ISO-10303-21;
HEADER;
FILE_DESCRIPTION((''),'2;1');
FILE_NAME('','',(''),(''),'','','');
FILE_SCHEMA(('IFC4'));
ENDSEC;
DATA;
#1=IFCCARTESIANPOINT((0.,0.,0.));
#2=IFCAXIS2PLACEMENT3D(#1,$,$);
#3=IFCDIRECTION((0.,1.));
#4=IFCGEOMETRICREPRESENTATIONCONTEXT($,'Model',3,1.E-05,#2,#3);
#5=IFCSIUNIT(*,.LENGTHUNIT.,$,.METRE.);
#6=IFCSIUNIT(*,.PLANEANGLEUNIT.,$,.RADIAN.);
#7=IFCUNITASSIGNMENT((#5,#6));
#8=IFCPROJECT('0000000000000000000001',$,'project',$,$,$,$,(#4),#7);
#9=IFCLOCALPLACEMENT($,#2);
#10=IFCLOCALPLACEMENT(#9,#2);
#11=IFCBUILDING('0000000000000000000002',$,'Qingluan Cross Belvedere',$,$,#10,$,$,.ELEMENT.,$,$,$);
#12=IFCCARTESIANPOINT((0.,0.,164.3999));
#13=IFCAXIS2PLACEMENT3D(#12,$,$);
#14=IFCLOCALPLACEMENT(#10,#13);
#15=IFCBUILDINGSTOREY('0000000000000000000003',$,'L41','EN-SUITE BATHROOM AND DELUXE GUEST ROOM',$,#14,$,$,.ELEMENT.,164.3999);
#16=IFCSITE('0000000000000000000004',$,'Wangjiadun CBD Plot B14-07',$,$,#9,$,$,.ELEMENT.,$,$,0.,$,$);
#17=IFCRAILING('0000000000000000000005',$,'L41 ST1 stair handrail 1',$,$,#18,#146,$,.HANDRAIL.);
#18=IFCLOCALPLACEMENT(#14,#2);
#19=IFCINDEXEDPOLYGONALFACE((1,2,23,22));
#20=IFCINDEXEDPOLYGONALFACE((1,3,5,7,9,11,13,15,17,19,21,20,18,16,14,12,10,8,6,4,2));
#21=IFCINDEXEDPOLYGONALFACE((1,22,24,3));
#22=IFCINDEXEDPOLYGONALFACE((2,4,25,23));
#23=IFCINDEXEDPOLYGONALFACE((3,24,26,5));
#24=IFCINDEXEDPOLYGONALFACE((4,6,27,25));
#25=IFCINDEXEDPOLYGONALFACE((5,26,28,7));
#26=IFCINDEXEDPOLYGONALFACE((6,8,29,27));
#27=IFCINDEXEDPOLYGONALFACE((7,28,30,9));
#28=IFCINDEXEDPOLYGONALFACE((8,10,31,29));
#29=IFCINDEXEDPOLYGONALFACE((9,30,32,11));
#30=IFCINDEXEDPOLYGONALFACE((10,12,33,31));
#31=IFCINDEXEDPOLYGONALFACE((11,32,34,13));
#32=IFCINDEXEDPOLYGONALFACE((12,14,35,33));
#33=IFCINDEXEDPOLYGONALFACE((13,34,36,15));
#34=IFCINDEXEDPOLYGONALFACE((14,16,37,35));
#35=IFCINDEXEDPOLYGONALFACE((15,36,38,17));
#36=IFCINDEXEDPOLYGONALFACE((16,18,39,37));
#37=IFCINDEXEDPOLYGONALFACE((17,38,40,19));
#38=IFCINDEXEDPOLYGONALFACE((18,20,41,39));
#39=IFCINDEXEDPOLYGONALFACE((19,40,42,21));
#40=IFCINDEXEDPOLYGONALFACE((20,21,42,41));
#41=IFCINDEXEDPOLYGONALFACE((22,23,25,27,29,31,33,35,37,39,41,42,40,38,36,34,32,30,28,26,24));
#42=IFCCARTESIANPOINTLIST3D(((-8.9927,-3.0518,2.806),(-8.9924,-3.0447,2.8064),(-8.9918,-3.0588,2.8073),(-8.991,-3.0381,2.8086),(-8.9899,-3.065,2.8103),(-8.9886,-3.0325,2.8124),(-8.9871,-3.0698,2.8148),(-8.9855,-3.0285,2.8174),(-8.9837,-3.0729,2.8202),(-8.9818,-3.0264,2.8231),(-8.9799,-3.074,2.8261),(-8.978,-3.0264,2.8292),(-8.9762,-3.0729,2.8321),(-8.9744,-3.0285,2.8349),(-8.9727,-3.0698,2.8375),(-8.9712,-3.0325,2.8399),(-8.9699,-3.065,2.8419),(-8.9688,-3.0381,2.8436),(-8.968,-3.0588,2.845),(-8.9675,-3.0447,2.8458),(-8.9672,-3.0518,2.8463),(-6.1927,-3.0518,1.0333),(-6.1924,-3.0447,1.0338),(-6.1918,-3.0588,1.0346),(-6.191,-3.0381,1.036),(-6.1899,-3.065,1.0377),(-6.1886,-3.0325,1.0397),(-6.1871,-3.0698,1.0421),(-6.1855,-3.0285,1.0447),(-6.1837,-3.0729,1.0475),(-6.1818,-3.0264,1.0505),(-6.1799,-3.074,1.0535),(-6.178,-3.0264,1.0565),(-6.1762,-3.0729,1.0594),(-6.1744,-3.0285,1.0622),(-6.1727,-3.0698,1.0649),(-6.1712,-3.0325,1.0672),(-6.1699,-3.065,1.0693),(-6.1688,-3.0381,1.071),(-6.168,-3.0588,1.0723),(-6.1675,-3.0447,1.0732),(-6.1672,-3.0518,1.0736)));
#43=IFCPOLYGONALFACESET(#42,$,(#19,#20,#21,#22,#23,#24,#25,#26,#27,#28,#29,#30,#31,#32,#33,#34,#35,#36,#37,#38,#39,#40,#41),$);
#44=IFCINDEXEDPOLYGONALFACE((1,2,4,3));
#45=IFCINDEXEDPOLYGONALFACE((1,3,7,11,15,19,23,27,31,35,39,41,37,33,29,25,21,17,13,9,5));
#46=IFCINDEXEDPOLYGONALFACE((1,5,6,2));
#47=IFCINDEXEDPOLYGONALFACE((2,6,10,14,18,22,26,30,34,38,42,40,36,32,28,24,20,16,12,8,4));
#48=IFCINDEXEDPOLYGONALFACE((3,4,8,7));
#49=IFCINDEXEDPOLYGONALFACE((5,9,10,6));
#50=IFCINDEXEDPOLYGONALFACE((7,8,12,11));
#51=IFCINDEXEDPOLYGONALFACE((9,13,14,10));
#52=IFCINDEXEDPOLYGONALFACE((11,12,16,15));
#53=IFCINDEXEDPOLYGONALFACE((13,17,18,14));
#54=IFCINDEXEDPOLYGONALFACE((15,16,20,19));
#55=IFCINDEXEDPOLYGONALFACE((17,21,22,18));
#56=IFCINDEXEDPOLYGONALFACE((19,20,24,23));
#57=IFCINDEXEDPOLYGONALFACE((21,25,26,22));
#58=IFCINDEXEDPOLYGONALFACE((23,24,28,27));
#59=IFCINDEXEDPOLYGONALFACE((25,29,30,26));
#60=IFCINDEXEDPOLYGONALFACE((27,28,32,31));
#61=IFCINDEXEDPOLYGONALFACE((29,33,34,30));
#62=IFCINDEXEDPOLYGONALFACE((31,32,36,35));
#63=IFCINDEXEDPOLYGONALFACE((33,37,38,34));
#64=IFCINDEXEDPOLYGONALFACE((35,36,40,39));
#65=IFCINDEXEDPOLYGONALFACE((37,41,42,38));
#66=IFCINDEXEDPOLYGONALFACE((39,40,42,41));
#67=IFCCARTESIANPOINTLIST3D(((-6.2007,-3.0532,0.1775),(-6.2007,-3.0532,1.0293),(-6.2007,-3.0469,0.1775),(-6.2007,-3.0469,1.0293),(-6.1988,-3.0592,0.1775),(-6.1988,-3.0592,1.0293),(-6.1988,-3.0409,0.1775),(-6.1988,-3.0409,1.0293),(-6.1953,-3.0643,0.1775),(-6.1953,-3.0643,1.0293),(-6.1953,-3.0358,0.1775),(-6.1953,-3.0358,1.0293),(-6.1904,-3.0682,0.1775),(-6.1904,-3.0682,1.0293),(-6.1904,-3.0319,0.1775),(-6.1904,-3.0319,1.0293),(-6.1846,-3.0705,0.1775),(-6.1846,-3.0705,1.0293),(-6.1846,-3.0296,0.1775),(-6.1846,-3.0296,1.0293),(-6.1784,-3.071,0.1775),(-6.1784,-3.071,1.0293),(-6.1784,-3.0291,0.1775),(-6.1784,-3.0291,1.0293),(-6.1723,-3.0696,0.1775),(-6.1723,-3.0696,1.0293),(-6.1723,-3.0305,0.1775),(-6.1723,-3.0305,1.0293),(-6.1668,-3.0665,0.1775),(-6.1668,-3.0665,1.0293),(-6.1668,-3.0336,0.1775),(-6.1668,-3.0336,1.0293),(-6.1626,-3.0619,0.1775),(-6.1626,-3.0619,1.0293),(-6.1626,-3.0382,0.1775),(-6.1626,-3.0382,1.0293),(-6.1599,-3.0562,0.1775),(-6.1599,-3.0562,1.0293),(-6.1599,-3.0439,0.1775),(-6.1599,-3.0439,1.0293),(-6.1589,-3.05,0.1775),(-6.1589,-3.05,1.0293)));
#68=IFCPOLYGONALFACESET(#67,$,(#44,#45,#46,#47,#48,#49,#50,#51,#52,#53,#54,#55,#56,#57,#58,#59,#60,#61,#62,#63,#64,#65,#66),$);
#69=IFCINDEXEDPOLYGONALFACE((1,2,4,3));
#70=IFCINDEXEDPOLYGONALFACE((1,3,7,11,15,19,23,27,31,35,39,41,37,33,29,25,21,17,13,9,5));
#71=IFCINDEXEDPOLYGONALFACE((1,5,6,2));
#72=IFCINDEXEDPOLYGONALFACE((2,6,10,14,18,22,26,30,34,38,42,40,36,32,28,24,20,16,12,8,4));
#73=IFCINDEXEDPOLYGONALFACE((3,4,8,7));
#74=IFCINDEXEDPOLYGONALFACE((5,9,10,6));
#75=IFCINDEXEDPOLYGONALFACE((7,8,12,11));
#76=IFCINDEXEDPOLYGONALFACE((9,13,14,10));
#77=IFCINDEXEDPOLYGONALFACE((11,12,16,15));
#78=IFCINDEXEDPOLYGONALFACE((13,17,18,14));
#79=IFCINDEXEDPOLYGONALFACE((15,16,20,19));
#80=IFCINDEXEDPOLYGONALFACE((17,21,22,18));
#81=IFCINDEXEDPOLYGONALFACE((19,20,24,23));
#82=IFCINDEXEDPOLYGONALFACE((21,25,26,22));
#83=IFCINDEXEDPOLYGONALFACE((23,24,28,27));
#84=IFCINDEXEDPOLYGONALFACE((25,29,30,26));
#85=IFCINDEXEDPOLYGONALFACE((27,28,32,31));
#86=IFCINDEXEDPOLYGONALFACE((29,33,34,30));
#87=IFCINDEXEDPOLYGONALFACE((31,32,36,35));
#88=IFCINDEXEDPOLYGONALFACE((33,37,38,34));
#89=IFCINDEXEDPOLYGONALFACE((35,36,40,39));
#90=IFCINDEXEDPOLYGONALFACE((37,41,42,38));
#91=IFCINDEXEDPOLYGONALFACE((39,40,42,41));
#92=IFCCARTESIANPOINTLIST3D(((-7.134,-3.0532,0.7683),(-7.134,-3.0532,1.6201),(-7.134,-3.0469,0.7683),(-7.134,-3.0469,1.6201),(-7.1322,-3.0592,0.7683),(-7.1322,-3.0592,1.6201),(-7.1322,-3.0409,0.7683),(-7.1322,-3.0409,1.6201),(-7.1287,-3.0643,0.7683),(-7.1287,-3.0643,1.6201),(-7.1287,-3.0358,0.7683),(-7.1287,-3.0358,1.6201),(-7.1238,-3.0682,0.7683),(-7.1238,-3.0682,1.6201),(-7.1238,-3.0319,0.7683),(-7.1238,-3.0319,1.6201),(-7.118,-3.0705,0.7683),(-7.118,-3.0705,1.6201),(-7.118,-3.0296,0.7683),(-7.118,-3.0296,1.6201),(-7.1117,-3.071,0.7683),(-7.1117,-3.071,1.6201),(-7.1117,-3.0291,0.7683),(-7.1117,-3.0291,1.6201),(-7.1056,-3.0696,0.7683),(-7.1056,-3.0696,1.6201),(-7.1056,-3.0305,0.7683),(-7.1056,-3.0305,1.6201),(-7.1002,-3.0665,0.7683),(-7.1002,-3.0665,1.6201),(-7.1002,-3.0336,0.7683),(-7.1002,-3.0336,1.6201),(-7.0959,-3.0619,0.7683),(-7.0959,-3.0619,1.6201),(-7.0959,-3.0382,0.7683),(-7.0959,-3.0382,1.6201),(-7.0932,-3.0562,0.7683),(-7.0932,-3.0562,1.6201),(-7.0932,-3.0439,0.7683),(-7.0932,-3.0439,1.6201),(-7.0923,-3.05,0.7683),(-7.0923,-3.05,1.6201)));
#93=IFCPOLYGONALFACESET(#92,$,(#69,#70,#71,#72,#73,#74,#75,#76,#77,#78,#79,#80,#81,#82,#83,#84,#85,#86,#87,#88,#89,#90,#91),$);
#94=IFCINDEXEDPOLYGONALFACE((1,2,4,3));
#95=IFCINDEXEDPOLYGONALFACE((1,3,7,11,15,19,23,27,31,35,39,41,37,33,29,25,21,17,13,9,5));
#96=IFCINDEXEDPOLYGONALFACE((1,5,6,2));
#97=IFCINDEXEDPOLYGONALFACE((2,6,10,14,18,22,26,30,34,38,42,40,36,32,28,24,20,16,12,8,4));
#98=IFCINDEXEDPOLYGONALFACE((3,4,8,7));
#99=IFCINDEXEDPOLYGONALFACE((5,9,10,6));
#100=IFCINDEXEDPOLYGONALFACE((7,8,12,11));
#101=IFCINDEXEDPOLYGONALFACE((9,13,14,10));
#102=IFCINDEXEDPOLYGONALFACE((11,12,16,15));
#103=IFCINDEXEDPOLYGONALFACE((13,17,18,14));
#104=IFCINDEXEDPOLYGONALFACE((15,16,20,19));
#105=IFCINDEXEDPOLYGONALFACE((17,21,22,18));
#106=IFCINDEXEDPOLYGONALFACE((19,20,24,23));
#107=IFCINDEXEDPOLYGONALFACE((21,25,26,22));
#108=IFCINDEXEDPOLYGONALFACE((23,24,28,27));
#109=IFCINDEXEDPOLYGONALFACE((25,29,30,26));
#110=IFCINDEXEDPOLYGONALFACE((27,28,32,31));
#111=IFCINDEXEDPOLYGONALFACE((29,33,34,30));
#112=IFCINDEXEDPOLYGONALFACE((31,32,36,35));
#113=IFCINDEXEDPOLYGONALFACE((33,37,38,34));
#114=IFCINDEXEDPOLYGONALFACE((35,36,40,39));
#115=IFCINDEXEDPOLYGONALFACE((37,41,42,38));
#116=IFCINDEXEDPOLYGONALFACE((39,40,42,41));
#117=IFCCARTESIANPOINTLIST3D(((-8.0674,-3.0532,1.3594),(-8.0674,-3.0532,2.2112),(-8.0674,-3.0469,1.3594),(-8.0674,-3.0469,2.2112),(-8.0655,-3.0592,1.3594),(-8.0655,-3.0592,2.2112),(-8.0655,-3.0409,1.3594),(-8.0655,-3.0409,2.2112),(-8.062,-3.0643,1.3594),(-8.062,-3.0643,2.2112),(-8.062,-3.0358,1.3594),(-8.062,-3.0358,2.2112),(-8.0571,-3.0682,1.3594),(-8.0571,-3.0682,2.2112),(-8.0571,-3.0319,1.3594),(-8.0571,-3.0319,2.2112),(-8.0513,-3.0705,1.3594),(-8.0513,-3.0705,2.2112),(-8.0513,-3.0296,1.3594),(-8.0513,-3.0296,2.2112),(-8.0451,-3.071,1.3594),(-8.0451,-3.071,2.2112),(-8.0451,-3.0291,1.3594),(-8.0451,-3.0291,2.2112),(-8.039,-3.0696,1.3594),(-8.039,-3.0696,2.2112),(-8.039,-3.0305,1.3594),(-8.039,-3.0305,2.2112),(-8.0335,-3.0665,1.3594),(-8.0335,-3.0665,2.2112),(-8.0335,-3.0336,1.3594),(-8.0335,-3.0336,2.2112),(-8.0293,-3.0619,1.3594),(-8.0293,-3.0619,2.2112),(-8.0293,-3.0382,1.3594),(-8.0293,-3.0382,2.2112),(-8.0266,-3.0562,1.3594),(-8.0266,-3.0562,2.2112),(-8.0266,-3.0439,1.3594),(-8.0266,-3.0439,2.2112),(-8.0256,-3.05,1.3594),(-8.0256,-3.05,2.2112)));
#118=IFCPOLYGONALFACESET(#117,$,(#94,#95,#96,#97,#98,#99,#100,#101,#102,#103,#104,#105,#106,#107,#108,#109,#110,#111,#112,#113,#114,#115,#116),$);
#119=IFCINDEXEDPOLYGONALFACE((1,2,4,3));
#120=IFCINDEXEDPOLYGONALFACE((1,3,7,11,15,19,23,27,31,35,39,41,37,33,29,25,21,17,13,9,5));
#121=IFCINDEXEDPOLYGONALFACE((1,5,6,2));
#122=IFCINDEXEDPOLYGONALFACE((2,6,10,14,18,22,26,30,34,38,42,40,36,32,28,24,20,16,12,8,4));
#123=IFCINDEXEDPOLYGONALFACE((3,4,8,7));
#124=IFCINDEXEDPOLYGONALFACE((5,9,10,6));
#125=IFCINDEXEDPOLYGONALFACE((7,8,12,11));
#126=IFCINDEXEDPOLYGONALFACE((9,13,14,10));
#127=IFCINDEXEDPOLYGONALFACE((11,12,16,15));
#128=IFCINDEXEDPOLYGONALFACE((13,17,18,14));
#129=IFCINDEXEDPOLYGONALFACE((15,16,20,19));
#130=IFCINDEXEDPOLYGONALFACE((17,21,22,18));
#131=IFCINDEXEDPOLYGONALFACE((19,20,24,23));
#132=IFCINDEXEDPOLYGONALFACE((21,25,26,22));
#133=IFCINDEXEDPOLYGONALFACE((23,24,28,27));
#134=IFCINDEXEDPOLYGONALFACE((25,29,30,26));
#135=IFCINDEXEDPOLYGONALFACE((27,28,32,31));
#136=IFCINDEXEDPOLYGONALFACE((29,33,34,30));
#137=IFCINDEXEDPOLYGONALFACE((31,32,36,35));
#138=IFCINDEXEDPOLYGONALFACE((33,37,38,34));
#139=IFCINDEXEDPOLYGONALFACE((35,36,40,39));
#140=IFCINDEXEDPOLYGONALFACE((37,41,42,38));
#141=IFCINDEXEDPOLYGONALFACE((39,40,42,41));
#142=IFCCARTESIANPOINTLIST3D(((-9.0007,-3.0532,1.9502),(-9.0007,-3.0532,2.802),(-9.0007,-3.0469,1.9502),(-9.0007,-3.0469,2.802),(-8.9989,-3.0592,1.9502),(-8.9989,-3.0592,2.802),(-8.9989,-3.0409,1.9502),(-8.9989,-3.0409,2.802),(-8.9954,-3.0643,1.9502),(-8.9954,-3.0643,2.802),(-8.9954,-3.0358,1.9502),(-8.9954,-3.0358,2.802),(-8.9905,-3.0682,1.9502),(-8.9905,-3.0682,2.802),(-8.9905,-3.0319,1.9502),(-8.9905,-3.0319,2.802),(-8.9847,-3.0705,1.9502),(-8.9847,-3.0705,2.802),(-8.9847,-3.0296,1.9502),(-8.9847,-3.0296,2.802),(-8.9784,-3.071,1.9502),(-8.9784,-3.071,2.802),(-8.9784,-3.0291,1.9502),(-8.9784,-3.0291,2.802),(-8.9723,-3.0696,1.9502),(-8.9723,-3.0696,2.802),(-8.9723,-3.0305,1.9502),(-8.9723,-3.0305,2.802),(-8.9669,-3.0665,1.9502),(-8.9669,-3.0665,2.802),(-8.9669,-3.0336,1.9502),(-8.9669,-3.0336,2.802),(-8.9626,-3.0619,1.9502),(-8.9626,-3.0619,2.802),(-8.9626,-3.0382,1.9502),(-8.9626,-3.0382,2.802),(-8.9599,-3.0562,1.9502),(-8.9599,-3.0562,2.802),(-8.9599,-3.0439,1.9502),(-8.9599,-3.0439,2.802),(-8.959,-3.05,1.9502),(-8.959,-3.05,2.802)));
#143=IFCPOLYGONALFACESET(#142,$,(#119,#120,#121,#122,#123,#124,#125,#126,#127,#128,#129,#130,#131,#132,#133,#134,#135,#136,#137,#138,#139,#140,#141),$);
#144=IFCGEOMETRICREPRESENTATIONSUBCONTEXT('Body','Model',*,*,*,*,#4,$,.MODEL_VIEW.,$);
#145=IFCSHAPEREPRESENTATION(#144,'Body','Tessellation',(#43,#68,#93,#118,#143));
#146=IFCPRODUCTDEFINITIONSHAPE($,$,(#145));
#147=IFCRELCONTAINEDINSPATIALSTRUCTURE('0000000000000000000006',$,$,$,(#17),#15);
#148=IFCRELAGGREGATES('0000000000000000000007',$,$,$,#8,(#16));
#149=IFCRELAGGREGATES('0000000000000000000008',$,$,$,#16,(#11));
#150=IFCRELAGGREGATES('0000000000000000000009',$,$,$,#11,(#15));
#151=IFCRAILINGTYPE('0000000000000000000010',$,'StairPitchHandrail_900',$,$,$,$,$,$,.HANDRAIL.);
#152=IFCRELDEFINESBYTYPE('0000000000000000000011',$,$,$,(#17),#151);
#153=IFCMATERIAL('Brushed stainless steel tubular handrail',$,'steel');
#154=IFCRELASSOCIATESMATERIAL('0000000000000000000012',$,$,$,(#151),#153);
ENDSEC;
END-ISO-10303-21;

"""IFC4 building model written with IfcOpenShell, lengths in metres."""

from ifc_helpers import new_model, si_unit, direction, frame, origin, origin_2d, place, context, subcontext, project, spatial, circle, extrude, material, type_object, element, save


model = new_model("IFC4")

# Units and contexts
model_context = context("Model", 3, precision=1e-05, world=origin(), true_north=direction((0.0, 1.0)))
body_context = subcontext(model_context, "Body", "Model", "MODEL_VIEW")
ifc_project = project(units=[si_unit("LENGTHUNIT", "METRE"), si_unit("PLANEANGLEUNIT", "RADIAN")], contexts=[model_context])

# Site, building, storey
site_placement = place(None, origin())
site = spatial("IfcSite", under=ifc_project, at=site_placement, Name="Wangjiadun CBD Plot B14-07", CompositionType="ELEMENT", RefElevation=0.0)
building_placement = place(site_placement, origin())
building = spatial("IfcBuilding", under=site, at=building_placement, Name="Qingluan Cross Belvedere", CompositionType="ELEMENT")
storey_placement = place(building_placement, frame((0.0, 0.0, 164.3999)))
storey = spatial("IfcBuildingStorey", under=building, at=storey_placement, Name="L41", Description="EN-SUITE BATHROOM AND DELUXE GUEST ROOM", CompositionType="ELEMENT", Elevation=164.3999)

# Railing
ifc_material_1 = material(Name="Brushed stainless steel tubular handrail", Category="steel")
railing_type_1 = type_object("IfcRailingType", Name="StairPitchHandrail_900", PredefinedType="HANDRAIL", material=ifc_material_1)
railing_1_placement = place(storey_placement, frame((-6.1799, -3.05, 0.1775)))
element("IfcRailing", 1, at=railing_1_placement, inside=storey, type_object=railing_type_1, Name="L41 ST1 stair handrail 1", PredefinedType="HANDRAIL", context=body_context, shape_type="SweptSolid", body=[
    extrude(circle(Radius=0.0239, at=origin_2d()), frame((0.0, 0.0, 0.876), z_axis=(-0.844909, 0.0, 0.53491), x_axis=(0.0, -1.0, 0.0)), (0.0, 0.0, 1.0), 3.314),
    extrude(circle(Radius=0.021, at=origin_2d()), origin(), (0.0, 0.0, 1.0), 0.8518),
    extrude(circle(Radius=0.021, at=origin_2d()), frame((-0.9333, 0.0, 0.5908)), (0.0, 0.0, 1.0), 0.8518),
    extrude(circle(Radius=0.021, at=origin_2d()), frame((-1.8667, 0.0, 1.1819)), (0.0, 0.0, 1.0), 0.8518),
    extrude(circle(Radius=0.021, at=origin_2d()), frame((-2.8, 0.0, 1.7727)), (0.0, 0.0, 1.0), 0.8518),
])

save(model, "model.ifc")
